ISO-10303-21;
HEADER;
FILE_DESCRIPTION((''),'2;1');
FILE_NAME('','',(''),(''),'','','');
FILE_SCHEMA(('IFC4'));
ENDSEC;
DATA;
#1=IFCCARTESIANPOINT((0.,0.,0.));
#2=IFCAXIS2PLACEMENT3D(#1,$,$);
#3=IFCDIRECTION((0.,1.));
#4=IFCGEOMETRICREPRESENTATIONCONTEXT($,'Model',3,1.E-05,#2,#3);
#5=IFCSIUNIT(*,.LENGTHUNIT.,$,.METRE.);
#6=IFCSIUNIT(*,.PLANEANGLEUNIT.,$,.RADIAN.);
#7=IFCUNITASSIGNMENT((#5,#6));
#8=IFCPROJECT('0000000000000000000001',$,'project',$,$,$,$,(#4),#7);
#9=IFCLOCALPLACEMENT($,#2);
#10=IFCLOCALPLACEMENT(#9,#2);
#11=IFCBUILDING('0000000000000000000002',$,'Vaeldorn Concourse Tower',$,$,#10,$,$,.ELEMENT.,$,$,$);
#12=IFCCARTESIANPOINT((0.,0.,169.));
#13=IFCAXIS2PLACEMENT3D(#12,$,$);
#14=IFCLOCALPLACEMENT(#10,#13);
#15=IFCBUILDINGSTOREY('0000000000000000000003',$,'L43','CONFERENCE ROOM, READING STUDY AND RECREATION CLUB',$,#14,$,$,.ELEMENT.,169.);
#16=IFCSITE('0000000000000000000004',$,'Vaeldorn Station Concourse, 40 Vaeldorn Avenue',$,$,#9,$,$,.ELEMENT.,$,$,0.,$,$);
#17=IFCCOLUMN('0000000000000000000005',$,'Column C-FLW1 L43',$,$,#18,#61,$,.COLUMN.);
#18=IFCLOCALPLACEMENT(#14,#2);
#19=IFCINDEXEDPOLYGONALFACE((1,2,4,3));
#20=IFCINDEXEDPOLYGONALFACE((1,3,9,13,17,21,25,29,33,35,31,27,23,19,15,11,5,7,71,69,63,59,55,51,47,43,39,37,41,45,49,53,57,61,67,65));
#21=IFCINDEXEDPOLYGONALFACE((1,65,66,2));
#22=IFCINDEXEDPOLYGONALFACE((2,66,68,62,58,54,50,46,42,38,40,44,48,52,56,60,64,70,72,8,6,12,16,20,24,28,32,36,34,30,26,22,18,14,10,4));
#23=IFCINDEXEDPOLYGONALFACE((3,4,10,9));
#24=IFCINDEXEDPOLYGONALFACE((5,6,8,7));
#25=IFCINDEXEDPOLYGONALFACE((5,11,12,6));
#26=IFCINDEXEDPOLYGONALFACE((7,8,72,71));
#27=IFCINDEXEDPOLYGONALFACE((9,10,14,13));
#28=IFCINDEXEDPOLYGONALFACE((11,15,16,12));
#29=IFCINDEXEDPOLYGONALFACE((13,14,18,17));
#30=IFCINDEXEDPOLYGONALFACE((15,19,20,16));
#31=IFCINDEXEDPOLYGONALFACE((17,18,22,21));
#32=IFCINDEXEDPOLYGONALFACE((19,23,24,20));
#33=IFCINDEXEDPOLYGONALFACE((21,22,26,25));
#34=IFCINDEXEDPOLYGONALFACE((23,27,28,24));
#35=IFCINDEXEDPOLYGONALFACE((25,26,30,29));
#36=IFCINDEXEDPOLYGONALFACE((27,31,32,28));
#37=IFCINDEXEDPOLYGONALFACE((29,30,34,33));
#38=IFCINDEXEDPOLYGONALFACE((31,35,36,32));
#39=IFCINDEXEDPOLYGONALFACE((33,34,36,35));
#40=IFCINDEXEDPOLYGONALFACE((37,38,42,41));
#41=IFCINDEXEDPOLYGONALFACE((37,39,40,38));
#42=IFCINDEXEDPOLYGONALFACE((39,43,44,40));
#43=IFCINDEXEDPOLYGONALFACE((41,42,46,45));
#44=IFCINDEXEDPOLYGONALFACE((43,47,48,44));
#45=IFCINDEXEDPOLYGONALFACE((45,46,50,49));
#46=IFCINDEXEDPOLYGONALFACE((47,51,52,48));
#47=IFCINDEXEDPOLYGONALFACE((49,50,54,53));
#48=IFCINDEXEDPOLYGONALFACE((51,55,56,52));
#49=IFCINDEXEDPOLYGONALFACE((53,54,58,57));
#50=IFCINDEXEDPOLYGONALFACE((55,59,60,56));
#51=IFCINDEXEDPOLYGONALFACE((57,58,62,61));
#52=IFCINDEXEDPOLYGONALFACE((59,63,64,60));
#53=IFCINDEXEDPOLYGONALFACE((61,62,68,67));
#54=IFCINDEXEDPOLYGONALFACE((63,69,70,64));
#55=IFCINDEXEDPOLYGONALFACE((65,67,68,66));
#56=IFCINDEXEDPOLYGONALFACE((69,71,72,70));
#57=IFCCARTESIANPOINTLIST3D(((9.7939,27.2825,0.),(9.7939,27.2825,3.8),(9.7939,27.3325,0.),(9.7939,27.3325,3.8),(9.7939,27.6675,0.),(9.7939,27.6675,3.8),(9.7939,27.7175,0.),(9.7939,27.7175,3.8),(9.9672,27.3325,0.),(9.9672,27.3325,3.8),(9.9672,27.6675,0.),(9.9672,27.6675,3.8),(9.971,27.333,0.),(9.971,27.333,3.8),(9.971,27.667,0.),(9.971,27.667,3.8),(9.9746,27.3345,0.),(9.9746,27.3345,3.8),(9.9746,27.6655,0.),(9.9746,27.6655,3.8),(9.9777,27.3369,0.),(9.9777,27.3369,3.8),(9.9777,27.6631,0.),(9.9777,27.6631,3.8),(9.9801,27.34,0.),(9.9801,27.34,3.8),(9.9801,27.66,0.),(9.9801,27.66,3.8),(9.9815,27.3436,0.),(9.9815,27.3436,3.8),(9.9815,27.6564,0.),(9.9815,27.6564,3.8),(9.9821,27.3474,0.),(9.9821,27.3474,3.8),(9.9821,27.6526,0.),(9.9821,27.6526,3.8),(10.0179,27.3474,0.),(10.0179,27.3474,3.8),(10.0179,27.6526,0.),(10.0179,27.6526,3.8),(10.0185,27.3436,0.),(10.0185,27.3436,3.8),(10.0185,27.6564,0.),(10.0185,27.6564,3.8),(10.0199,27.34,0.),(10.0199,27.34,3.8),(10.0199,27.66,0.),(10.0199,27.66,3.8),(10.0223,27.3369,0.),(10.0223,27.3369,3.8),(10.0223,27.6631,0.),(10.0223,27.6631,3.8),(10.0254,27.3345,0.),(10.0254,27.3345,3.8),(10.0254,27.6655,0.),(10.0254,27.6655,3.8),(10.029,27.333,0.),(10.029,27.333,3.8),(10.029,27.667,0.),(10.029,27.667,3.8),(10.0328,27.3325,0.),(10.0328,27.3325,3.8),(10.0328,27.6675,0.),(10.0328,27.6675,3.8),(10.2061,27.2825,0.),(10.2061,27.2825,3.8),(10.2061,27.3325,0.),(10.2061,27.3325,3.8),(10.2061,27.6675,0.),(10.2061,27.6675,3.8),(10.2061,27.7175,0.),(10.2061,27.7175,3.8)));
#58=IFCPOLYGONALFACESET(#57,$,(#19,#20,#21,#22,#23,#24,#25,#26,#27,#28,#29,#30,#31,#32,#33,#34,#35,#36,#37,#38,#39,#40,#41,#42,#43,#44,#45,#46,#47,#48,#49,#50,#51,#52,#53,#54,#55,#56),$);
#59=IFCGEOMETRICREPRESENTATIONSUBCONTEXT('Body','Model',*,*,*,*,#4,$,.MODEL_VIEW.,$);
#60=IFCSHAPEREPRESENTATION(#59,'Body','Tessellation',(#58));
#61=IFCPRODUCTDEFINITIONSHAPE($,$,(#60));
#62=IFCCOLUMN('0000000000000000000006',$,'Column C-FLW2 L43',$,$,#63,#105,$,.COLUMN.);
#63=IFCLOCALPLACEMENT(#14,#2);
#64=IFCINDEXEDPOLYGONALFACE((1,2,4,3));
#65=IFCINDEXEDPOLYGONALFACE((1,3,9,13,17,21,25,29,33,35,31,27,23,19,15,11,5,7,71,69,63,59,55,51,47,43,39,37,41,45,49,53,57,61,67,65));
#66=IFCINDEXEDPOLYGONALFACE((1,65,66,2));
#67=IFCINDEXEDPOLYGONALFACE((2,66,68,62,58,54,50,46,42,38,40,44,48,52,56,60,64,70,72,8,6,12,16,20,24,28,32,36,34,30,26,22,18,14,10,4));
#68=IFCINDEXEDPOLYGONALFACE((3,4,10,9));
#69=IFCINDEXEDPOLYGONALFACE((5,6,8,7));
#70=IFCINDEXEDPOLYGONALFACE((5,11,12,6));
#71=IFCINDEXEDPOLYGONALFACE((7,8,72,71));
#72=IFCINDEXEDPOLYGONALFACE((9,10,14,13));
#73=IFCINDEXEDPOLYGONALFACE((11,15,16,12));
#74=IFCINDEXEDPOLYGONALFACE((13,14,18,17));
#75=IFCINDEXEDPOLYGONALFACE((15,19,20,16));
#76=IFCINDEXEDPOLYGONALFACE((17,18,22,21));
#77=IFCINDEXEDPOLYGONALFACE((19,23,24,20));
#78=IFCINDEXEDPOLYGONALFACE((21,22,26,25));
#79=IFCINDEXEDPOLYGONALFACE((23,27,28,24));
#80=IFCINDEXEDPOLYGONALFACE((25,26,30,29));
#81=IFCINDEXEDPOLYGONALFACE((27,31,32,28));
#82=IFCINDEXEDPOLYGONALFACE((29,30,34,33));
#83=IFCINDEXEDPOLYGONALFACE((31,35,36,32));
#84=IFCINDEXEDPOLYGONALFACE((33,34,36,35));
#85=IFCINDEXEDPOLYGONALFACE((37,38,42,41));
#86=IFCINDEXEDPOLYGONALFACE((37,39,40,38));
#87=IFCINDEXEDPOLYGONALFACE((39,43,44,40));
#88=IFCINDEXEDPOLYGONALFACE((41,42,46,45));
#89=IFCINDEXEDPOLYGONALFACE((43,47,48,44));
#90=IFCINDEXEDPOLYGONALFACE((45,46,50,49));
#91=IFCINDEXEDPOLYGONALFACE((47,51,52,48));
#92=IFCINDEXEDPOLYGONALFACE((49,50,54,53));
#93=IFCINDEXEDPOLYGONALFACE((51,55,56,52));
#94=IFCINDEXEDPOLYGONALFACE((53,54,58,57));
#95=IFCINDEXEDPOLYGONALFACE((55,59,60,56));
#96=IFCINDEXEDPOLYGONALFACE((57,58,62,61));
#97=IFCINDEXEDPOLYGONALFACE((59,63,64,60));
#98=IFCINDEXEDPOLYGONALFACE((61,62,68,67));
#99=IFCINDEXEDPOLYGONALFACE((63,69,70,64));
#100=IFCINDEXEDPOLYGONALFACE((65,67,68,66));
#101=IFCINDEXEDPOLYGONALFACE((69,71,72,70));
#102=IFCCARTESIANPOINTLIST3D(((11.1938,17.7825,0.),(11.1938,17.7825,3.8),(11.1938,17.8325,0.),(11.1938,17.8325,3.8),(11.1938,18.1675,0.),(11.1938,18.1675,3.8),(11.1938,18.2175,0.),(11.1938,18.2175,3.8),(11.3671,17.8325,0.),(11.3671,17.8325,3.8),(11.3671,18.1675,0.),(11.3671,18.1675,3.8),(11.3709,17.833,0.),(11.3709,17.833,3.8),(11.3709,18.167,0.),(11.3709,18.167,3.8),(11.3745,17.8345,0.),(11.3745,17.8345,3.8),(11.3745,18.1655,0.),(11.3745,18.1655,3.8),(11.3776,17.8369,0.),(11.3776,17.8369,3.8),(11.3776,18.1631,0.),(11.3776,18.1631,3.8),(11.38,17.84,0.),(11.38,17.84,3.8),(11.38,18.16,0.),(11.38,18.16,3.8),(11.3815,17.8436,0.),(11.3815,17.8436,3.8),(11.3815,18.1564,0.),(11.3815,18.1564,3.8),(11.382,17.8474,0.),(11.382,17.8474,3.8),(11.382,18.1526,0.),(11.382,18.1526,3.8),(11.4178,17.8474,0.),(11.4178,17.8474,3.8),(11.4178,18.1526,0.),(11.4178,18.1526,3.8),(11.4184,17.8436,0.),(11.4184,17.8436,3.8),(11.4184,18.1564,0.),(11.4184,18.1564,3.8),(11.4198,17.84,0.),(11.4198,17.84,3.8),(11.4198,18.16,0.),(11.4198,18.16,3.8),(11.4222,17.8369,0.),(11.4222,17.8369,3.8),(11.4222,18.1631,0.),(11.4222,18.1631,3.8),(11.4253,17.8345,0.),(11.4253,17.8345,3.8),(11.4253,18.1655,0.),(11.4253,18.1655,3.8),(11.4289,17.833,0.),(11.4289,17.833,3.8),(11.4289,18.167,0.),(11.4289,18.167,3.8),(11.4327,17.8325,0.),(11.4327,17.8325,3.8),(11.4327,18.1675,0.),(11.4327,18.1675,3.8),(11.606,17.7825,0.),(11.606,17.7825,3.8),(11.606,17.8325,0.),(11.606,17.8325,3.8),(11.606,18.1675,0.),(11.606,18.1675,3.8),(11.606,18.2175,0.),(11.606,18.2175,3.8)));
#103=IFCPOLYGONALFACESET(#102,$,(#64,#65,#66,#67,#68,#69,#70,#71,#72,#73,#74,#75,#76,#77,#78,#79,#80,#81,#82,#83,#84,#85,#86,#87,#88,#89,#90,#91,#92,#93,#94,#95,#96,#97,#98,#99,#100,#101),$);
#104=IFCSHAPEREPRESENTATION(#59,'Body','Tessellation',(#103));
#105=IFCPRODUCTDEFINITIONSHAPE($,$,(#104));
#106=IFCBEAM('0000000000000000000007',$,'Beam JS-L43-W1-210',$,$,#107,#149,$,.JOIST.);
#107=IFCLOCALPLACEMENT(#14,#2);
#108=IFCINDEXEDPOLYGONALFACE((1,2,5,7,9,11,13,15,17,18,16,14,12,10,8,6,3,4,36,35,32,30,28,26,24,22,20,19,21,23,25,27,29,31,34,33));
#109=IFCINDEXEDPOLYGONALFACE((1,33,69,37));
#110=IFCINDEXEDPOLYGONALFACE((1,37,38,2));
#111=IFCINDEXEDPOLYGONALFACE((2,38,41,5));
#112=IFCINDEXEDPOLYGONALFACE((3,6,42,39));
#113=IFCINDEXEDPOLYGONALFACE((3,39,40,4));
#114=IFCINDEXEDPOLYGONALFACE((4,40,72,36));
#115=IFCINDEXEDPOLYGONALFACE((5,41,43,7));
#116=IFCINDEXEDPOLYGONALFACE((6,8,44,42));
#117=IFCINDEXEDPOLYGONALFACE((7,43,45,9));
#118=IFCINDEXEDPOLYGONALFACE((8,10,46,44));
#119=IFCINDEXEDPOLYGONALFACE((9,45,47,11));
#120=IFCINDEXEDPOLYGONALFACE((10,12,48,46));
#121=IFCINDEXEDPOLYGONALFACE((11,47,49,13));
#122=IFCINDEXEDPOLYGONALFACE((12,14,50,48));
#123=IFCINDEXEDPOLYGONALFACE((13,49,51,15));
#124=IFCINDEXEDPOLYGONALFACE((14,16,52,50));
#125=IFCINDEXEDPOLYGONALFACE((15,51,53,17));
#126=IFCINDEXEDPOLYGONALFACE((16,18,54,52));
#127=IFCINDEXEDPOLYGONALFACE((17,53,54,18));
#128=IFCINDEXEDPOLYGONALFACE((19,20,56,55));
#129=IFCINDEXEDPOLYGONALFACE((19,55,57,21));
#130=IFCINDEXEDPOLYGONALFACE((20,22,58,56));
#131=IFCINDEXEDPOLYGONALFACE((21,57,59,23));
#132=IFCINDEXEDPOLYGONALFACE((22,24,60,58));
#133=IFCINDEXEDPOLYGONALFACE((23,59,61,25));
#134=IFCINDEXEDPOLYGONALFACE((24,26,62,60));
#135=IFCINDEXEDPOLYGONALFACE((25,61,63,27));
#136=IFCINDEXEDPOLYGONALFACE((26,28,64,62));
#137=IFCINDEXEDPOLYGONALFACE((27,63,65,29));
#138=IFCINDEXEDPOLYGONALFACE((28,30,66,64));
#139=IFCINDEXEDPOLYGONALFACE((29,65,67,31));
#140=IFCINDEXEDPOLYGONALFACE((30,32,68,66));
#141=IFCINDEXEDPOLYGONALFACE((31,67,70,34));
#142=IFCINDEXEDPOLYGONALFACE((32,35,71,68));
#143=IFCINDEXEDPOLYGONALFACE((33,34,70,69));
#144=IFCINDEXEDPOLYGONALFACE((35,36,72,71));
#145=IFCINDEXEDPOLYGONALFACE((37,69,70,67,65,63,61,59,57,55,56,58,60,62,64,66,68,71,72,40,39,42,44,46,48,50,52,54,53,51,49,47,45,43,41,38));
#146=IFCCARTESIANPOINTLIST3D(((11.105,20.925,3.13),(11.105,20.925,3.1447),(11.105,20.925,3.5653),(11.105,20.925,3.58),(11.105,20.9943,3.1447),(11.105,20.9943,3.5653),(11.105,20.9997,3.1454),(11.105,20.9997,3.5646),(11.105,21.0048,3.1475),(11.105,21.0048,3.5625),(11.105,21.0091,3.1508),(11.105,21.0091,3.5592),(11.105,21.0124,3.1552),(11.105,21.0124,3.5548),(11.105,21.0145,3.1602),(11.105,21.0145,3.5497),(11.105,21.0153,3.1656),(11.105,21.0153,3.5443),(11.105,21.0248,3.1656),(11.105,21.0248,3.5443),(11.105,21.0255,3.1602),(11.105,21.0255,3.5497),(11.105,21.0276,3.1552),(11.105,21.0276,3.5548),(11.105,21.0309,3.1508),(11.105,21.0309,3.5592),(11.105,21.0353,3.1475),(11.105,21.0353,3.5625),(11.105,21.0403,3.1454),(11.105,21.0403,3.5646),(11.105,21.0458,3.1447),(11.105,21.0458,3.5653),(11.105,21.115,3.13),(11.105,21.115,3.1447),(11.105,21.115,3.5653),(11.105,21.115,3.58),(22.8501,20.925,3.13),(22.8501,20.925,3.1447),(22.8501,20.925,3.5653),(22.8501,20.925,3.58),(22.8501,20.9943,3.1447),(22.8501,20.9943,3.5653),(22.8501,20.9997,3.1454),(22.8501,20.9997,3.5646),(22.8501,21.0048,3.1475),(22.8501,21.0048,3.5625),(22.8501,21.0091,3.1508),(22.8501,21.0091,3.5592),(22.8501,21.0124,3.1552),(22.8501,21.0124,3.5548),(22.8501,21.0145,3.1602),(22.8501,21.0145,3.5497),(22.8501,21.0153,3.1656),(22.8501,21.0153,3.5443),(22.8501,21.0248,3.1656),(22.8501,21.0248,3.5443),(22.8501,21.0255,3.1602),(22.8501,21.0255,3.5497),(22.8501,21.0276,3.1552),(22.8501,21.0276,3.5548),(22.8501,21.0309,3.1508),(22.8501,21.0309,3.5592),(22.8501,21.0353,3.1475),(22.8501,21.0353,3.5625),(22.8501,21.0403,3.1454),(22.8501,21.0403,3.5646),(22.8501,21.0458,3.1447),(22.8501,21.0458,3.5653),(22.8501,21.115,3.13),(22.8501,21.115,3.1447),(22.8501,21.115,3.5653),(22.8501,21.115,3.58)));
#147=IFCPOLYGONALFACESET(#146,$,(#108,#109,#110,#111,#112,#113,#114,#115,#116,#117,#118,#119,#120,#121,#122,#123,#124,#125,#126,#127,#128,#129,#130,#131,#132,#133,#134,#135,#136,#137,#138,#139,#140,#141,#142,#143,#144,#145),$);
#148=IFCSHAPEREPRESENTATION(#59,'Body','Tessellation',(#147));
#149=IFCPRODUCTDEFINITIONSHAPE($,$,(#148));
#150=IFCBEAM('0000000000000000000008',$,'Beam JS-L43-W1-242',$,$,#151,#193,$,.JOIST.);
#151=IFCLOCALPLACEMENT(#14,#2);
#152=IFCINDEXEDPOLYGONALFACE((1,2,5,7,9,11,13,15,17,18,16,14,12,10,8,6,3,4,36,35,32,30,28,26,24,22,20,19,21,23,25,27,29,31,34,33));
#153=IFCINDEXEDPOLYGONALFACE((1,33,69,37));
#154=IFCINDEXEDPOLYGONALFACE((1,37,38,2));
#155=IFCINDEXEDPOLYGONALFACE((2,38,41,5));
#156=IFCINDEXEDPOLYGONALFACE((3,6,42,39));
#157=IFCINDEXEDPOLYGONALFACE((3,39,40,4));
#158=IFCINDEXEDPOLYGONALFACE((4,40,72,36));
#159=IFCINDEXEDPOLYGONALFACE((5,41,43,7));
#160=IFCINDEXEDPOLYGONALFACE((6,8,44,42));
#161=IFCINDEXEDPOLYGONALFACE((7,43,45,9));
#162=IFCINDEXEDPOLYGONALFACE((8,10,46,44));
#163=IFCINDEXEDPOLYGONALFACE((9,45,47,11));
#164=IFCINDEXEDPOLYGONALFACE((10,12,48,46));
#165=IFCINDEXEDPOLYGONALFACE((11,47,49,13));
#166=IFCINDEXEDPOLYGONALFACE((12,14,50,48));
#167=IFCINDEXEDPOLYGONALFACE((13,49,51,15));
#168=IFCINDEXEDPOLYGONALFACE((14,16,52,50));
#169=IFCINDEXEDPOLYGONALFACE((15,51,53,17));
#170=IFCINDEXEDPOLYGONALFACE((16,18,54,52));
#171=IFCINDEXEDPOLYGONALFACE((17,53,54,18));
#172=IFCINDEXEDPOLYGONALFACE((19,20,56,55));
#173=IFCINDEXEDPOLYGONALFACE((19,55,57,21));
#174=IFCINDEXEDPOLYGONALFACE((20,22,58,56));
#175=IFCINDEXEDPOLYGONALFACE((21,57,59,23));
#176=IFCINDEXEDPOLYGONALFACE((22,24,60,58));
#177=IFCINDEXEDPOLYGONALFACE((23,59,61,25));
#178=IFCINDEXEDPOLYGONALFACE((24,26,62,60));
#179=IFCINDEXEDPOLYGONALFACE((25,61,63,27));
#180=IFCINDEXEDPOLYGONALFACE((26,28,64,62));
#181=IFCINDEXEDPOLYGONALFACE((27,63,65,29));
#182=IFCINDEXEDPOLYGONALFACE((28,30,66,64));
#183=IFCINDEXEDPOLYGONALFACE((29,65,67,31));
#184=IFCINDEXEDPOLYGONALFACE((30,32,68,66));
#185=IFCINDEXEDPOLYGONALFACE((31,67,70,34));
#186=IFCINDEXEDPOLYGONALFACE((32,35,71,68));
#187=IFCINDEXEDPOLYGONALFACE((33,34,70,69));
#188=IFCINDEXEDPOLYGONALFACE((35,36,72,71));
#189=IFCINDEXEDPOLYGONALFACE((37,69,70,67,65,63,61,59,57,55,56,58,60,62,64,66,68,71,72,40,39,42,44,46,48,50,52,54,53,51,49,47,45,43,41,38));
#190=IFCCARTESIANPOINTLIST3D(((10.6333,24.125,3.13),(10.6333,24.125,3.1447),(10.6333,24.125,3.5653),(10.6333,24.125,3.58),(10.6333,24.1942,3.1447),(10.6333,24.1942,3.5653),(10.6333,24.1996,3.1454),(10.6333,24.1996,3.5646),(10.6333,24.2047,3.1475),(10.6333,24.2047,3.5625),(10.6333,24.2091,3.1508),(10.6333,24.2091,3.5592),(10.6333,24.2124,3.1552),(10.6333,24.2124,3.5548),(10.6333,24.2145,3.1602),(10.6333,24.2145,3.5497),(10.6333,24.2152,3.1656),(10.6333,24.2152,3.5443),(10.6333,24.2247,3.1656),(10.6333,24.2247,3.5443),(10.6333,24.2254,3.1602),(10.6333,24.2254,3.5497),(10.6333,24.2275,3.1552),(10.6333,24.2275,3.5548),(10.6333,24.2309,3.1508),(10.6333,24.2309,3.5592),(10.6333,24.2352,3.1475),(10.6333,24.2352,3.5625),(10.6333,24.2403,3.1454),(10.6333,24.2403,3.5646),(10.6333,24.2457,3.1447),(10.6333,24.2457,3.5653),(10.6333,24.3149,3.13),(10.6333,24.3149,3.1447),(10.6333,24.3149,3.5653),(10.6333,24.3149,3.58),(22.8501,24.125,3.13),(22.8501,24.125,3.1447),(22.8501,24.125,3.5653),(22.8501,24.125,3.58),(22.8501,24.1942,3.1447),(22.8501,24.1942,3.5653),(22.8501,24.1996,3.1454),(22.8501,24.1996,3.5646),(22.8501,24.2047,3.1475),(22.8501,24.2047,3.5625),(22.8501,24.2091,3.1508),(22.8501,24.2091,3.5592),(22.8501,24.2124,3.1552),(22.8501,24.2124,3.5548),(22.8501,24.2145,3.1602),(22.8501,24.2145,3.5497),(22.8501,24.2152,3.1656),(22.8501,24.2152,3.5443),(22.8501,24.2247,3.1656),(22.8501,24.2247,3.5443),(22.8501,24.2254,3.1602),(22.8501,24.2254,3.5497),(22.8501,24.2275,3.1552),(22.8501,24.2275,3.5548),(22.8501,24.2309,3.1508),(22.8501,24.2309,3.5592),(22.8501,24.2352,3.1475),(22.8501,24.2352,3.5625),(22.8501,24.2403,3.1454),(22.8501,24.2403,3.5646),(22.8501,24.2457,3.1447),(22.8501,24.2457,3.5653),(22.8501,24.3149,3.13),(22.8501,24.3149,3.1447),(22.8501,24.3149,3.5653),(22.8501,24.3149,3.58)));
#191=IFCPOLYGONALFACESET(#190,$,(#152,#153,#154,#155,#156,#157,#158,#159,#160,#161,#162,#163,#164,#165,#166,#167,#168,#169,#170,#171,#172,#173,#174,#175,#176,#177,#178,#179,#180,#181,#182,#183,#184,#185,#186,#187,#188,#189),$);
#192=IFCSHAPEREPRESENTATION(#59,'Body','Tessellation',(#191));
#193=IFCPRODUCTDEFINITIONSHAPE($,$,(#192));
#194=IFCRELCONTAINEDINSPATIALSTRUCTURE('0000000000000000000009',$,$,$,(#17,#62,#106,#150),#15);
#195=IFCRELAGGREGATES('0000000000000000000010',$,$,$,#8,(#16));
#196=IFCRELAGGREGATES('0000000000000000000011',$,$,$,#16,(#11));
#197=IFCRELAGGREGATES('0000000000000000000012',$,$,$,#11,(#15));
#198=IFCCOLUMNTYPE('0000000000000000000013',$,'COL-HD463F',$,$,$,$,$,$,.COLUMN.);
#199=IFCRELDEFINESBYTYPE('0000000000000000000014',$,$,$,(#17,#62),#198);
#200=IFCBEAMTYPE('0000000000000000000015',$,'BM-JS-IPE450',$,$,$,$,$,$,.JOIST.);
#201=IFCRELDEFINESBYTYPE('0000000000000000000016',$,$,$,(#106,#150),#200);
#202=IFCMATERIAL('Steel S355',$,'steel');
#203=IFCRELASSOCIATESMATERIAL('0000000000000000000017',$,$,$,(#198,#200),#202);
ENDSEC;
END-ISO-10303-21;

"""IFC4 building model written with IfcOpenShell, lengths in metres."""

from ifc_helpers import new_model, si_unit, direction, frame, origin, origin_2d, place, context, subcontext, project, spatial, i_section, extrude, source, transform, mapped, material, material_profile, profile_set, type_object, element, save


model = new_model("IFC4")

# Units and contexts
model_context = context("Model", 3, precision=1e-05, world=origin(), true_north=direction((0.0, 1.0)))
body_context = subcontext(model_context, "Body", "Model", "MODEL_VIEW")
ifc_project = project(units=[si_unit("LENGTHUNIT", "METRE"), si_unit("PLANEANGLEUNIT", "RADIAN")], contexts=[model_context])

# Site, building, storey
site_placement = place(None, origin())
site = spatial("IfcSite", under=ifc_project, at=site_placement, Name="Vaeldorn Station Concourse, 40 Vaeldorn Avenue", CompositionType="ELEMENT", RefElevation=0.0)
building_placement = place(site_placement, origin())
building = spatial("IfcBuilding", under=site, at=building_placement, Name="Vaeldorn Concourse Tower", CompositionType="ELEMENT")
storey_placement = place(building_placement, frame((0.0, 0.0, 169.0)))
storey = spatial("IfcBuildingStorey", under=building, at=storey_placement, Name="L43", Description="CONFERENCE ROOM, READING STUDY AND RECREATION CLUB", CompositionType="ELEMENT", Elevation=169.0)

# Columns
ifc_material_1 = material(Name="Steel S355", Category="steel")
ifc_material_profile_1 = material_profile(ifc_material_1, i_section(OverallWidth=0.4121, OverallDepth=0.4351, WebThickness=0.0359, FlangeThickness=0.05, FilletRadius=0.0149, at=origin_2d()), Name="HD 400x463")
ifc_profile_set_1 = profile_set([ifc_material_profile_1], Name="Steel S355")
column_type = type_object("IfcColumnType", Name="COL-HD463F", PredefinedType="COLUMN", material=ifc_profile_set_1)
shared_shape_1 = source(origin(), body_context, "Body", "SweptSolid", [
    extrude(i_section(OverallWidth=0.4121, OverallDepth=0.4351, WebThickness=0.0359, FlangeThickness=0.05, FilletRadius=0.0149, at=origin_2d()), origin(), (0.0, 0.0, 1.0), 3.8),
])
for number, where, z_axis, x_axis, name in (
    (1, (10.0, 27.5, 0.0), (0.0, 0.0, 1.0), (1.0, 0.0, 0.0), "Column C-FLW1 L43"),
    (2, (11.3999, 18.0, 0.0), (0.0, 0.0, 1.0), (1.0, 0.0, 0.0), "Column C-FLW2 L43"),
):
    element("IfcColumn", number, at=place(storey_placement, frame(where, z_axis=z_axis, x_axis=x_axis)), inside=storey, type_object=column_type, Name=name, PredefinedType="COLUMN", context=body_context, shape_type="MappedRepresentation", body=[
        mapped(shared_shape_1, transform((0.0, 0.0, 0.0), scale=1.0)),
    ])

# Beams
ifc_material_profile_2 = material_profile(ifc_material_1, i_section(OverallWidth=0.1899, OverallDepth=0.45, WebThickness=0.0095, FlangeThickness=0.0146, FilletRadius=0.021, at=origin_2d()), Name="IPE 450")
ifc_profile_set_2 = profile_set([ifc_material_profile_2], Name="Steel S355")
beam_type_1 = type_object("IfcBeamType", Name="BM-JS-IPE450", PredefinedType="JOIST", material=ifc_profile_set_2)
shared_shape_2 = source(origin(), body_context, "Body", "SweptSolid", [
    extrude(i_section(OverallWidth=0.1899, OverallDepth=0.45, WebThickness=0.0095, FlangeThickness=0.0146, FilletRadius=0.021, at=origin_2d()), origin(), (0.0, 0.0, 1.0), 11.7451),
])
beam_1_placement = place(storey_placement, frame((11.105, 21.02, 3.355), z_axis=(1.0, 0.0, 0.0), x_axis=(0.0, 1.0, 0.0)))
element("IfcBeam", 3, at=beam_1_placement, inside=storey, type_object=beam_type_1, Name="Beam JS-L43-W1-210", PredefinedType="JOIST", context=body_context, shape_type="MappedRepresentation", body=[
    mapped(shared_shape_2, transform((0.0, 0.0, 0.0), scale=1.0)),
])
shared_shape_3 = source(origin(), body_context, "Body", "SweptSolid", [
    extrude(i_section(OverallWidth=0.1899, OverallDepth=0.45, WebThickness=0.0095, FlangeThickness=0.0146, FilletRadius=0.021, at=origin_2d()), origin(), (0.0, 0.0, 1.0), 12.2168),
])
beam_2_placement = place(storey_placement, frame((10.6333, 24.22, 3.355), z_axis=(1.0, 0.0, 0.0), x_axis=(0.0, 1.0, 0.0)))
element("IfcBeam", 4, at=beam_2_placement, inside=storey, type_object=beam_type_1, Name="Beam JS-L43-W1-242", PredefinedType="JOIST", context=body_context, shape_type="MappedRepresentation", body=[
    mapped(shared_shape_3, transform((0.0, 0.0, 0.0), scale=1.0)),
])

save(model, "model.ifc")
